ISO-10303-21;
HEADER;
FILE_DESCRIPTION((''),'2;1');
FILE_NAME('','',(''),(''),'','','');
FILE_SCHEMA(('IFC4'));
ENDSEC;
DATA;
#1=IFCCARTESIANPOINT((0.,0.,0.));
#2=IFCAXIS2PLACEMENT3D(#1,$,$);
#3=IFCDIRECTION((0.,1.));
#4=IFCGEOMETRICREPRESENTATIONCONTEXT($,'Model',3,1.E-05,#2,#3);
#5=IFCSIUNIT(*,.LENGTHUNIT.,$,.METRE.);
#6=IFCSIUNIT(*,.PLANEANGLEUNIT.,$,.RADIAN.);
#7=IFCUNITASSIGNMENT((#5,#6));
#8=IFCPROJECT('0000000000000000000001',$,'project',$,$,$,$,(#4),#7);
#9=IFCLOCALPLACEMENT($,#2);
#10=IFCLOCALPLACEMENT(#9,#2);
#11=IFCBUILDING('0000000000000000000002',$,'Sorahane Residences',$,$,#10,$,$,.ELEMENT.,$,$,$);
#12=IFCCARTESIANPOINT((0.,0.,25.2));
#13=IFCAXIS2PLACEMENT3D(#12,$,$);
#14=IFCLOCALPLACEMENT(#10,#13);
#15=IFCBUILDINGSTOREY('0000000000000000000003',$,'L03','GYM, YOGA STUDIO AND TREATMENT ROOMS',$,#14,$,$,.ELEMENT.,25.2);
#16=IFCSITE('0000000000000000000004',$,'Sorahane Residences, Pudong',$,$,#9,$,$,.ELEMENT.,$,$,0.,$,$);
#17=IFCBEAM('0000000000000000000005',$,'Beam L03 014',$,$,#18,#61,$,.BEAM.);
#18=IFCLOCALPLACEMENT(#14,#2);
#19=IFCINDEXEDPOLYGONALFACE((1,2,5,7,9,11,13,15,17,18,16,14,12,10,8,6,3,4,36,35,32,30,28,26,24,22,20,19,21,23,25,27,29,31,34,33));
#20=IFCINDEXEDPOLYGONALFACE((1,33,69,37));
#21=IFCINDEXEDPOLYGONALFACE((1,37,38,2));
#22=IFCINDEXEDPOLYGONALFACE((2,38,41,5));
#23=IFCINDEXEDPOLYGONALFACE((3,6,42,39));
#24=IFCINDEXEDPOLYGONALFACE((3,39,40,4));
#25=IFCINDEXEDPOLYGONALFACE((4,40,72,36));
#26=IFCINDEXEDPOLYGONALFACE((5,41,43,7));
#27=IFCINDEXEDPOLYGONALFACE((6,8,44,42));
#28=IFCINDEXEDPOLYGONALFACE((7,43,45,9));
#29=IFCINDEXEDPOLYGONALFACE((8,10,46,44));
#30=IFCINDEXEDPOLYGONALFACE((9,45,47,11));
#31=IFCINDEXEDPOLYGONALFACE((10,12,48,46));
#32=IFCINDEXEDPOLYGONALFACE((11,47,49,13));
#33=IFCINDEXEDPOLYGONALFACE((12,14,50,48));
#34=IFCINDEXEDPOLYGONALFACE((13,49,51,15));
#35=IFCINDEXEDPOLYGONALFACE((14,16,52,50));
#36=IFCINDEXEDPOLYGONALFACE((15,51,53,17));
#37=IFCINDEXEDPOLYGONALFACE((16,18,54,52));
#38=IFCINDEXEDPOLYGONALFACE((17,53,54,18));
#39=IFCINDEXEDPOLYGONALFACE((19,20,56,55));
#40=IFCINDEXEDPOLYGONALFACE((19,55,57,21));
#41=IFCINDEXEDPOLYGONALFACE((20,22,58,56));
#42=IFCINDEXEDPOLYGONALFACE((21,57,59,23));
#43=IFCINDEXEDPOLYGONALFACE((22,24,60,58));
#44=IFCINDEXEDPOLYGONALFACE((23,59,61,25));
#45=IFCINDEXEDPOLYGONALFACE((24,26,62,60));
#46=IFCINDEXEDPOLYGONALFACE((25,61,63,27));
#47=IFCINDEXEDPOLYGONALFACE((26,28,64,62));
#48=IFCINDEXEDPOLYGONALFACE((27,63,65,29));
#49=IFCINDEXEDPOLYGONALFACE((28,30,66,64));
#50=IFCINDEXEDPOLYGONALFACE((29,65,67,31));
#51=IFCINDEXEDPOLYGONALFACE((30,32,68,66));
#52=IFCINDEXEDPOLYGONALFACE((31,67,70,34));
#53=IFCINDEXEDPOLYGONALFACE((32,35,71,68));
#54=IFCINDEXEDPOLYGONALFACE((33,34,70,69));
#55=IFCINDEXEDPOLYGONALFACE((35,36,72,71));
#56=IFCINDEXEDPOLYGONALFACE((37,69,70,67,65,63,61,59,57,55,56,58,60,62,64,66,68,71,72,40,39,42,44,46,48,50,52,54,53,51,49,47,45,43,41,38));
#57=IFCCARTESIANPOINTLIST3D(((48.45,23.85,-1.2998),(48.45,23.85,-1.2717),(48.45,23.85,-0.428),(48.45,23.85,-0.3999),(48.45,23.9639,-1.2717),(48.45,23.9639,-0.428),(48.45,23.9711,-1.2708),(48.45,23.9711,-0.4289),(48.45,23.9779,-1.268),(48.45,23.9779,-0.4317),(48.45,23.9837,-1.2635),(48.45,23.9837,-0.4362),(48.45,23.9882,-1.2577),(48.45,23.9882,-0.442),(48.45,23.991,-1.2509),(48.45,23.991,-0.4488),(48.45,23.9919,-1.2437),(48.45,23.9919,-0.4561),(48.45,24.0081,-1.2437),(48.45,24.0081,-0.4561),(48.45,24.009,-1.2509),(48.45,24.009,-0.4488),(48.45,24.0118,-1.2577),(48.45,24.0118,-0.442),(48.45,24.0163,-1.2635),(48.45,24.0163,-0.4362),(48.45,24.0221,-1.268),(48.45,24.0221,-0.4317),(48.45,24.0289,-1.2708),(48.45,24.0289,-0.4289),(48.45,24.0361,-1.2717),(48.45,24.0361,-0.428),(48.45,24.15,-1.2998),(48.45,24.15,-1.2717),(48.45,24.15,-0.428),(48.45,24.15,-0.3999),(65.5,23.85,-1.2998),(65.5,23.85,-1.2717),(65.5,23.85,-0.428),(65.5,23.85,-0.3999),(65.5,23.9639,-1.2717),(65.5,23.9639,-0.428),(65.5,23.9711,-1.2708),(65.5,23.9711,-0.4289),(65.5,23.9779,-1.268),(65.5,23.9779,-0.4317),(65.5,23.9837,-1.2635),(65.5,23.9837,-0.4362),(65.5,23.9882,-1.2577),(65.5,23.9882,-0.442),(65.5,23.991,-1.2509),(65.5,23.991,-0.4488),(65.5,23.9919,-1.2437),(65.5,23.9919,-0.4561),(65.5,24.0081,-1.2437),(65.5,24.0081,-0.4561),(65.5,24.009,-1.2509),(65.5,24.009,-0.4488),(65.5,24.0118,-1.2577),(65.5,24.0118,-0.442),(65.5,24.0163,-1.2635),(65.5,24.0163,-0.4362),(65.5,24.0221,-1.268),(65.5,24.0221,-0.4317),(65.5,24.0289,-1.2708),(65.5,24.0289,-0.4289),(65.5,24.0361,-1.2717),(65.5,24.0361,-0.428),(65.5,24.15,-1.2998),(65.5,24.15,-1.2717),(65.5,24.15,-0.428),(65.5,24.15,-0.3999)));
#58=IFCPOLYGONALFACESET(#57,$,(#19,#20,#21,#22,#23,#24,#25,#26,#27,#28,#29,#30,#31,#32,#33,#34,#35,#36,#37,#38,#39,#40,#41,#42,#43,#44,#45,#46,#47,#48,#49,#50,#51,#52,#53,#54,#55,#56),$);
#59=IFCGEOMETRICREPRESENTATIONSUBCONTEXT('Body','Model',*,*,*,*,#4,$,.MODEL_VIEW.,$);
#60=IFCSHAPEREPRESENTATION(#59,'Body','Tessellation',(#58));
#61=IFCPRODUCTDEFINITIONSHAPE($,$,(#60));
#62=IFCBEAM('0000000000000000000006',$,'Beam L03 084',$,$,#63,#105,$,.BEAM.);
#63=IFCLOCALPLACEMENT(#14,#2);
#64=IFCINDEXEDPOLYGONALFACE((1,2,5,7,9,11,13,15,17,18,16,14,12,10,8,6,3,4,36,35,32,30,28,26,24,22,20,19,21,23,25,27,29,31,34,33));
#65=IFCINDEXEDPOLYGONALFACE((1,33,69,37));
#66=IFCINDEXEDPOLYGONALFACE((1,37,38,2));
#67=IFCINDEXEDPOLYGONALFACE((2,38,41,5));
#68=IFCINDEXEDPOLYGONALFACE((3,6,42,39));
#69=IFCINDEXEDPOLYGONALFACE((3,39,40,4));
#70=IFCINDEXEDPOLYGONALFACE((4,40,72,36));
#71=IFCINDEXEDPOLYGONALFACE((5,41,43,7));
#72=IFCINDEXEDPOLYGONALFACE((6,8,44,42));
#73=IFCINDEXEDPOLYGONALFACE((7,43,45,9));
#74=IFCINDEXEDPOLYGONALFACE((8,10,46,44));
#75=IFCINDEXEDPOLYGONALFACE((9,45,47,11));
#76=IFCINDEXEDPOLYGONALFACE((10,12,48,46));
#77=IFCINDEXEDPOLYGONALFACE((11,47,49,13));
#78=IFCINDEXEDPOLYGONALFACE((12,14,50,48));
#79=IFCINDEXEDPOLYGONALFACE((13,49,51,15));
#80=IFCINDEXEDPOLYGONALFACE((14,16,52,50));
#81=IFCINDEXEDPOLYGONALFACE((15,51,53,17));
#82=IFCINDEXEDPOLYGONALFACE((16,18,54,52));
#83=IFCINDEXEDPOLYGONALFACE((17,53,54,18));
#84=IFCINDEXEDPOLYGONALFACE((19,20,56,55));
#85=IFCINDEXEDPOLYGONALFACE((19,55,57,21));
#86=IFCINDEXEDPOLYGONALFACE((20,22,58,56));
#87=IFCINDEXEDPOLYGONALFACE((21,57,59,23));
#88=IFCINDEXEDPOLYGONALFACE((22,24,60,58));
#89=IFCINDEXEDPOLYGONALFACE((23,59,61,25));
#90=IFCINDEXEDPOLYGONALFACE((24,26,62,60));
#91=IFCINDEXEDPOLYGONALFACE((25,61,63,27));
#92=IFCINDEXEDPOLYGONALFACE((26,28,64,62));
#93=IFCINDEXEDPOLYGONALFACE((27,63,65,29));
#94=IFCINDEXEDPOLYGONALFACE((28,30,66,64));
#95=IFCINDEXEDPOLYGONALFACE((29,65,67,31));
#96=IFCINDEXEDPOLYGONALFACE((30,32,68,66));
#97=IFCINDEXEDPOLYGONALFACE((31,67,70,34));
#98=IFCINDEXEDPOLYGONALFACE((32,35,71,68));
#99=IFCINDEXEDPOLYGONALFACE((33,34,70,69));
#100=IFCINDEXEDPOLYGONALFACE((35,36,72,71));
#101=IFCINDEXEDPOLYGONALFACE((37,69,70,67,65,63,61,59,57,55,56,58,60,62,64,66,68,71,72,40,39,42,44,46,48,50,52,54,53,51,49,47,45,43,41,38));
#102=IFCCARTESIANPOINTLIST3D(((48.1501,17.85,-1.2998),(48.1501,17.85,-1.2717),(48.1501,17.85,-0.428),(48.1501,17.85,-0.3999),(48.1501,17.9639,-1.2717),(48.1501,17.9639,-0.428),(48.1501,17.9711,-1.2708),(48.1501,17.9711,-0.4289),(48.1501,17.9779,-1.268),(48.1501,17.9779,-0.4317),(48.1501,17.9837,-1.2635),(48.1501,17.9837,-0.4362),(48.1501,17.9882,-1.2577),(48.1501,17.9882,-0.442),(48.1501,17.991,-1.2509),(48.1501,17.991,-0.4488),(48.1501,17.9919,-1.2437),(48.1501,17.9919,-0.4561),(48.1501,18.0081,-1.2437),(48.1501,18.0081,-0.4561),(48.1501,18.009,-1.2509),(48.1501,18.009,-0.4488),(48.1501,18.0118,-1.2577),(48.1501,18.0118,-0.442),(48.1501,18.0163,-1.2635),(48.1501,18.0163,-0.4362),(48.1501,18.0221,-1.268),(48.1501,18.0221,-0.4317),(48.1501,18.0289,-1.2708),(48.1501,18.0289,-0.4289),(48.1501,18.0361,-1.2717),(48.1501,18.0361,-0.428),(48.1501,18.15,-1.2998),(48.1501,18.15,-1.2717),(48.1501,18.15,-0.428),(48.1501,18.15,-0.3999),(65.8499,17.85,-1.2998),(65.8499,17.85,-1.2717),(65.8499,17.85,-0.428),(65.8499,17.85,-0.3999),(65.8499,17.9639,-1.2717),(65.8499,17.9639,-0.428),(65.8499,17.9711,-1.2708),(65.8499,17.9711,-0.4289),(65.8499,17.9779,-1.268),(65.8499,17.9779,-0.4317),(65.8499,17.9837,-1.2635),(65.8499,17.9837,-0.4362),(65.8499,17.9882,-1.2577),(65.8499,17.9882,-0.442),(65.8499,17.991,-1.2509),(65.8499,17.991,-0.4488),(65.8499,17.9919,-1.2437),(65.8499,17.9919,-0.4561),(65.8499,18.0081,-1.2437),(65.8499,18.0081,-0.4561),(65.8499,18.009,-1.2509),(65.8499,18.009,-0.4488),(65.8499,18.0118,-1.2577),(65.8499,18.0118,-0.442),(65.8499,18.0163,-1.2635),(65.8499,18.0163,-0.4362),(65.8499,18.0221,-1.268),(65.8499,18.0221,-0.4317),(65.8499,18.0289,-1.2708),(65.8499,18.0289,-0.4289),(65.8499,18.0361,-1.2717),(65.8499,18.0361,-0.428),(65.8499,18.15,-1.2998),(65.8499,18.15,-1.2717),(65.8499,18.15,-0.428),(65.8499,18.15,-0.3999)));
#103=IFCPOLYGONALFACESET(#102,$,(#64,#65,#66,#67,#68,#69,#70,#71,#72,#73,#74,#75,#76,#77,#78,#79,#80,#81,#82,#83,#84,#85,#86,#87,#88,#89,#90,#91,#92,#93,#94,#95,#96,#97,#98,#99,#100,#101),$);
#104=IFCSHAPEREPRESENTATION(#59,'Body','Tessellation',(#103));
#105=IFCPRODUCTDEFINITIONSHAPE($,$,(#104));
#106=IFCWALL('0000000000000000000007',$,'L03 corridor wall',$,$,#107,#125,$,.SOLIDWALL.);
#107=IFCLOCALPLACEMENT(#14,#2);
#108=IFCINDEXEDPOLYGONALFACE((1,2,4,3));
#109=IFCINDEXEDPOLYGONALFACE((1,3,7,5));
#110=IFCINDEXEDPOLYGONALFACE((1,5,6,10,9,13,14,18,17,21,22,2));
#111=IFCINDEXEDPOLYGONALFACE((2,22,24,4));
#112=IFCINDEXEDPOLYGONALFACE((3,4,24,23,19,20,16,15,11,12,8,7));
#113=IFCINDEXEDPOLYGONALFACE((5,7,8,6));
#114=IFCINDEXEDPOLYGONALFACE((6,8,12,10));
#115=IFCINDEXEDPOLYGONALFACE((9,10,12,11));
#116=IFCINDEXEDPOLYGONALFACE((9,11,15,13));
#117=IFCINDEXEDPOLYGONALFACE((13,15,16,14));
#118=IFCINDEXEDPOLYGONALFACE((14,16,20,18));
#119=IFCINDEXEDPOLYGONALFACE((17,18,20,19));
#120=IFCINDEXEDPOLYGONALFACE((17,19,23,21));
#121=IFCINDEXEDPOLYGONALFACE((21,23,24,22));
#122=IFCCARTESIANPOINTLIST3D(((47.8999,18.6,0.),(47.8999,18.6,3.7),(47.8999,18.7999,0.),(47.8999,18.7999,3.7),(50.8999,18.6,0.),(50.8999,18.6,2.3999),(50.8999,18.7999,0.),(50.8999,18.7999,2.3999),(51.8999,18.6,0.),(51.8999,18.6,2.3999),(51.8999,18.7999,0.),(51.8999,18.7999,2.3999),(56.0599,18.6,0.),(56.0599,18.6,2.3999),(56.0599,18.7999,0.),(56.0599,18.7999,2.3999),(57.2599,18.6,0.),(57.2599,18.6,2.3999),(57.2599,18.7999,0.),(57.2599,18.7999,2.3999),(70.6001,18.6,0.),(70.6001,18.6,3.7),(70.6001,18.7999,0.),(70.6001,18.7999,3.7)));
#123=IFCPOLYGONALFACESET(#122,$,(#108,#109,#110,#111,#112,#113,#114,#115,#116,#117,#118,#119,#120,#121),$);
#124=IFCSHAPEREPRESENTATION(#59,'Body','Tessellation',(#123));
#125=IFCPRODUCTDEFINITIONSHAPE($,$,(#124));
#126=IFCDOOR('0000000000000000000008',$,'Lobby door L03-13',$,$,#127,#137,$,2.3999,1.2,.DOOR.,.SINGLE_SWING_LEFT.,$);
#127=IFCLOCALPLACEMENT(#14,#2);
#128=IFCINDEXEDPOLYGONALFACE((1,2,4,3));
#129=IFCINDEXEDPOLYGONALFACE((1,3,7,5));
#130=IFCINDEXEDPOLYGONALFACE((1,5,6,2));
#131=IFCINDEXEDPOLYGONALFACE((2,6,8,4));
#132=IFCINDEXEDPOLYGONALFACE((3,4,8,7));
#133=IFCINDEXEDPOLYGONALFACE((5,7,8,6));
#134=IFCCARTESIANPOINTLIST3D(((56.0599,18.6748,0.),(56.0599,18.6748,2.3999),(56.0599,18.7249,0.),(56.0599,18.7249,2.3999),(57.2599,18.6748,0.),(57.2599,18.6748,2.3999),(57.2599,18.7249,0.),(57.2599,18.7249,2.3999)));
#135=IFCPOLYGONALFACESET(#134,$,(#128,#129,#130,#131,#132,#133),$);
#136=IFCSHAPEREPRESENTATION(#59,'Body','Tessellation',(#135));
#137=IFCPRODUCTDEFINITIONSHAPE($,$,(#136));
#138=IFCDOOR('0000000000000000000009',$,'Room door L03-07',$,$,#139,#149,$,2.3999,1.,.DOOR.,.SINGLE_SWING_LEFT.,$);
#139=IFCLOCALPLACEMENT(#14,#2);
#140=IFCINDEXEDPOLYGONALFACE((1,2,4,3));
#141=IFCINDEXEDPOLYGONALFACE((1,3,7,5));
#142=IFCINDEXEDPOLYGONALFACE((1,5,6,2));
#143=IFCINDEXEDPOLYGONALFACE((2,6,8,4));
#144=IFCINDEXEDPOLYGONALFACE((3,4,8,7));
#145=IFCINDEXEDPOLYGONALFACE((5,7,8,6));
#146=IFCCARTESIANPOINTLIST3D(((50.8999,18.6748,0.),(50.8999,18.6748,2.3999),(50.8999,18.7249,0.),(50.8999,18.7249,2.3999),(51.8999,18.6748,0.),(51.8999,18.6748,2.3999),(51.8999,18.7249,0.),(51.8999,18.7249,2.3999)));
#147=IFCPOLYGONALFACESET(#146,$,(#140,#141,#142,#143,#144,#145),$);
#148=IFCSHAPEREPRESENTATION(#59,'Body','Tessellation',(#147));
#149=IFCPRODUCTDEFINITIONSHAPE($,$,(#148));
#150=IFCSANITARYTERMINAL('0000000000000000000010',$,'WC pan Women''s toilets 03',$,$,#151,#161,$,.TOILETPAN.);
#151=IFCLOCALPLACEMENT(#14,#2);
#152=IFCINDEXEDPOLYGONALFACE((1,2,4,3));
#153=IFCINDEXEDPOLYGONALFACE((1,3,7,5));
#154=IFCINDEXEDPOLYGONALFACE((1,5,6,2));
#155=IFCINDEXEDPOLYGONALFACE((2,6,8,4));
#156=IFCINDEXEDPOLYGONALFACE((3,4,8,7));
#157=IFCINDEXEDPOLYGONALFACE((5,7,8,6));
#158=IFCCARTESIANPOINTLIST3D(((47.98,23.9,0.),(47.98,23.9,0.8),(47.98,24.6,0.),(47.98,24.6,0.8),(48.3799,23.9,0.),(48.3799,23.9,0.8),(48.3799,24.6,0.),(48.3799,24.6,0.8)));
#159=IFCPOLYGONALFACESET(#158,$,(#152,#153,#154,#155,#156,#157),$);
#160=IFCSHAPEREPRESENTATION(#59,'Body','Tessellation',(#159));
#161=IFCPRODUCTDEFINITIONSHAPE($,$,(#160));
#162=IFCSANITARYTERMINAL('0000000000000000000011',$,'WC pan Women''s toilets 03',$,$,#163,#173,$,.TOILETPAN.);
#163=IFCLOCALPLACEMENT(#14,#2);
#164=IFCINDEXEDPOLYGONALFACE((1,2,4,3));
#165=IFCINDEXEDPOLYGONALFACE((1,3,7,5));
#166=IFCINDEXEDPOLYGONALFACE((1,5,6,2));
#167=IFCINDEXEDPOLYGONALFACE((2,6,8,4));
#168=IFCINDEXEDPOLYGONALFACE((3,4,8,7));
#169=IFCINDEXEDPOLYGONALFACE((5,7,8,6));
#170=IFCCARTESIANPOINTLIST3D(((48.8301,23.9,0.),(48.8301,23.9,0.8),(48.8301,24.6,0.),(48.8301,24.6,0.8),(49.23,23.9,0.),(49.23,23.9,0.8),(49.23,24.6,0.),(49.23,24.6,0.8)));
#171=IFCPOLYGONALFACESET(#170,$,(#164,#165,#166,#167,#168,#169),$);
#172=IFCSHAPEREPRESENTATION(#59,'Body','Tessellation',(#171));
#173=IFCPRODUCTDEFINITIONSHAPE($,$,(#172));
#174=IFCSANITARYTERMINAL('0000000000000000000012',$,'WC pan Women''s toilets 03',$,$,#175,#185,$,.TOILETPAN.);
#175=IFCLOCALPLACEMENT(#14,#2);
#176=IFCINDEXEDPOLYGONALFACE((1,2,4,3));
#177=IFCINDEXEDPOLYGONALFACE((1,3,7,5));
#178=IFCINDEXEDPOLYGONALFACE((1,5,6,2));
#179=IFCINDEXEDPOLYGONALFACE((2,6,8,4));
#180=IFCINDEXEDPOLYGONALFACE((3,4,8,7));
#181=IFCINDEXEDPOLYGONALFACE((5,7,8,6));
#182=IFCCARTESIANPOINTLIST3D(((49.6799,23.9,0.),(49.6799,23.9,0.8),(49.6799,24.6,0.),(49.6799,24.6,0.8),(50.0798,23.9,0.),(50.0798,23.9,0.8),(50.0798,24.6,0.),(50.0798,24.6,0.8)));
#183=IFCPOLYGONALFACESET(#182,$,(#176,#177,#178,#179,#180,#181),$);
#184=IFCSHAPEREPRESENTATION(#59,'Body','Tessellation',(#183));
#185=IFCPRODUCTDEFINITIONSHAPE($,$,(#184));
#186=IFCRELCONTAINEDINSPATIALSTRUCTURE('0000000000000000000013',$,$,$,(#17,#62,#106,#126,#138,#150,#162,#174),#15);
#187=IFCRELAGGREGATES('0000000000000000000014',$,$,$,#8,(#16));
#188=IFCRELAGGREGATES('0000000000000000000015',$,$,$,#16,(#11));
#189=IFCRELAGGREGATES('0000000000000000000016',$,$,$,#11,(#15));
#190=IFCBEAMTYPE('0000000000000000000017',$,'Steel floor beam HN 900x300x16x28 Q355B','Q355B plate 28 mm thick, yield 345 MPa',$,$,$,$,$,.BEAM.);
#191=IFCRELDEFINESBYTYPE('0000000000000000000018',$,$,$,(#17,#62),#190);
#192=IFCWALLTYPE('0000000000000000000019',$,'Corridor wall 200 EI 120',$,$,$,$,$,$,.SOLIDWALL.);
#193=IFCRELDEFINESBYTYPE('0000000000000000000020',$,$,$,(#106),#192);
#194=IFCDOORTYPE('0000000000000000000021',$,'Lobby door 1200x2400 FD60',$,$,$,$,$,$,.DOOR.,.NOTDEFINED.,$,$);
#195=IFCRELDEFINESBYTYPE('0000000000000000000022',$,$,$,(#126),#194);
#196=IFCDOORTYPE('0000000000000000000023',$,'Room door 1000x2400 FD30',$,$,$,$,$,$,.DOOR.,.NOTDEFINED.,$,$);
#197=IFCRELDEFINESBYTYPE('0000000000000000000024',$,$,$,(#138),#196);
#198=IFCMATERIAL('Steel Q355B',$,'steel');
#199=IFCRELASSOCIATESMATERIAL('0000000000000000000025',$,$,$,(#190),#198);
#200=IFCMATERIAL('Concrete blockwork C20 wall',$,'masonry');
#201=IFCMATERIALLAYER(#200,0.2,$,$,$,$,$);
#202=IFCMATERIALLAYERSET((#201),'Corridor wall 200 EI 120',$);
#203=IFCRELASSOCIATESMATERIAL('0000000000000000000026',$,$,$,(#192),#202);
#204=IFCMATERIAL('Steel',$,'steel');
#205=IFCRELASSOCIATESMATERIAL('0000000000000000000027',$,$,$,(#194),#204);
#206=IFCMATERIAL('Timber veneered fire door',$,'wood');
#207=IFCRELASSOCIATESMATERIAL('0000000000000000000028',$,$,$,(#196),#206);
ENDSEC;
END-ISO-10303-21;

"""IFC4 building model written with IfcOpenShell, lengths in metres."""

from ifc_helpers import new_model, si_unit, direction, frame, frame_2d, origin, origin_2d, place, context, subcontext, project, spatial, rectangle, i_section, extrude, material, layer, layer_set, material_profile, profile_set, type_object, element, fill, save


model = new_model("IFC4")

# Units and contexts
model_context = context("Model", 3, precision=1e-05, world=origin(), true_north=direction((0.0, 1.0)))
body_context = subcontext(model_context, "Body", "Model", "MODEL_VIEW")
ifc_project = project(units=[si_unit("LENGTHUNIT", "METRE"), si_unit("PLANEANGLEUNIT", "RADIAN")], contexts=[model_context])

# Site, building, storey
site_placement = place(None, origin())
site = spatial("IfcSite", under=ifc_project, at=site_placement, Name="Sorahane Residences, Pudong", CompositionType="ELEMENT", RefElevation=0.0)
building_placement = place(site_placement, origin())
building = spatial("IfcBuilding", under=site, at=building_placement, Name="Sorahane Residences", CompositionType="ELEMENT")
storey_placement = place(building_placement, frame((0.0, 0.0, 25.2)))
storey = spatial("IfcBuildingStorey", under=building, at=storey_placement, Name="L03", Description="GYM, YOGA STUDIO AND TREATMENT ROOMS", CompositionType="ELEMENT", Elevation=25.2)

# Beams
ifc_material_1 = material(Name="Steel Q355B", Category="steel")
ifc_material_profile_1 = material_profile(ifc_material_1, i_section(OverallWidth=0.3, OverallDepth=0.8999, WebThickness=0.0161, FlangeThickness=0.0281, FilletRadius=0.0281, at=origin_2d()), Name="HN 900x300x16x28")
ifc_profile_set_1 = profile_set([ifc_material_profile_1], Name="Steel Q355B")
beam_type_1 = type_object("IfcBeamType", Name="Steel floor beam HN 900x300x16x28 Q355B", Description="Q355B plate 28 mm thick, yield 345 MPa", PredefinedType="BEAM", material=ifc_profile_set_1)
for number, where, z_axis, x_axis, name in (
    (1, (48.45, 24.0, -0.8499), (1.0, 0.0, 0.0), (0.0, 1.0, 0.0), "Beam L03 014"),
):
    element("IfcBeam", number, at=place(storey_placement, frame(where, z_axis=z_axis, x_axis=x_axis)), inside=storey, type_object=beam_type_1, Name=name, PredefinedType="BEAM", context=body_context, shape_type="SweptSolid", body=[
        extrude(i_section(OverallWidth=0.3, OverallDepth=0.8999, WebThickness=0.0161, FlangeThickness=0.0281, FilletRadius=0.0281, at=origin_2d()), origin(), (0.0, 0.0, 1.0), 17.05),
    ])
beam_1_placement = place(storey_placement, frame((48.1501, 18.0, -0.8499), z_axis=(1.0, 0.0, 0.0), x_axis=(0.0, 1.0, 0.0)))
element("IfcBeam", 2, at=beam_1_placement, inside=storey, type_object=beam_type_1, Name="Beam L03 084", PredefinedType="BEAM", context=body_context, shape_type="SweptSolid", body=[
    extrude(i_section(OverallWidth=0.3, OverallDepth=0.8999, WebThickness=0.0161, FlangeThickness=0.0281, FilletRadius=0.0281, at=origin_2d()), origin(), (0.0, 0.0, 1.0), 17.6997),
])

# Wall, openings, doors
ifc_material_2 = material(Name="Concrete blockwork C20 wall", Category="masonry")
ifc_layer = layer(ifc_material_2, 0.2)
ifc_layer_set = layer_set([ifc_layer], Name="Corridor wall 200 EI 120")
wall_type = type_object("IfcWallType", Name="Corridor wall 200 EI 120", PredefinedType="SOLIDWALL", material=ifc_layer_set)
wall_placement = place(storey_placement, frame((47.8999, 18.7, 0.0), z_axis=(0.0, 0.0, 1.0), x_axis=(1.0, 0.0, 0.0)))
wall = element("IfcWall", 3, at=wall_placement, inside=storey, type_object=wall_type, Name="L03 corridor wall", PredefinedType="SOLIDWALL", context=body_context, shape_type="SweptSolid", body=[
    extrude(rectangle(XDim=22.7002, YDim=0.2, at=frame_2d((11.3501, 0.0))), origin(), (0.0, 0.0, 1.0), 3.7),
])
opening_1_placement = place(wall_placement, frame((3.0, 0.0, 0.0)))
opening_1 = element("IfcOpeningElement", 4, at=opening_1_placement, cuts=wall, PredefinedType="OPENING", context=body_context, shape_type="SweptSolid", body=[
    extrude(rectangle(XDim=1.0, YDim=2.3999, at=frame_2d((0.5, 1.2))), frame((0.0, 0.1099, 0.0), z_axis=(0.0, -1.0, 0.0), x_axis=(1.0, 0.0, 0.0)), (0.0, 0.0, 1.0), 0.22),
])
opening_2_placement = place(wall_placement, frame((8.1599, 0.0, 0.0)))
opening_2 = element("IfcOpeningElement", 5, at=opening_2_placement, cuts=wall, PredefinedType="OPENING", context=body_context, shape_type="SweptSolid", body=[
    extrude(rectangle(XDim=1.2, YDim=2.3999, at=frame_2d((0.6001, 1.2))), frame((0.0, 0.1099, 0.0), z_axis=(0.0, -1.0, 0.0), x_axis=(1.0, 0.0, 0.0)), (0.0, 0.0, 1.0), 0.22),
])
ifc_material_3 = material(Name="Steel", Category="steel")
door_type_1 = type_object("IfcDoorType", Name="Lobby door 1200x2400 FD60", OperationType="NOTDEFINED", PredefinedType="DOOR", material=ifc_material_3)
door_1_placement = place(opening_2_placement, origin())
door_1 = element("IfcDoor", 6, at=door_1_placement, inside=storey, type_object=door_type_1, Name="Lobby door L03-13", OperationType="SINGLE_SWING_LEFT", OverallHeight=2.3999, OverallWidth=1.2, PredefinedType="DOOR", context=body_context, shape_type="SweptSolid", body=[
    extrude(rectangle(XDim=1.2, YDim=2.3999, at=frame_2d((0.6001, 1.2))), frame((0.0, 0.0249, 0.0), z_axis=(0.0, -1.0, 0.0), x_axis=(1.0, 0.0, 0.0)), (0.0, 0.0, 1.0), 0.05),
])
fill(opening_2, door_1)
ifc_material_4 = material(Name="Timber veneered fire door", Category="wood")
door_type_2 = type_object("IfcDoorType", Name="Room door 1000x2400 FD30", OperationType="NOTDEFINED", PredefinedType="DOOR", material=ifc_material_4)
door_2_placement = place(opening_1_placement, origin())
door_2 = element("IfcDoor", 7, at=door_2_placement, inside=storey, type_object=door_type_2, Name="Room door L03-07", OperationType="SINGLE_SWING_LEFT", OverallHeight=2.3999, OverallWidth=1.0, PredefinedType="DOOR", context=body_context, shape_type="SweptSolid", body=[
    extrude(rectangle(XDim=1.0, YDim=2.3999, at=frame_2d((0.5, 1.2))), frame((0.0, 0.0249, 0.0), z_axis=(0.0, -1.0, 0.0), x_axis=(1.0, 0.0, 0.0)), (0.0, 0.0, 1.0), 0.05),
])
fill(opening_1, door_2)

# Sanitary terminals
for number, where, z_axis, x_axis, name in (
    (8, (48.1799, 24.25, 0.0), (0.0, 0.0, 1.0), (1.0, 0.0, 0.0), "WC pan Women's toilets 03"),
    (9, (49.03, 24.25, 0.0), (0.0, 0.0, 1.0), (1.0, 0.0, 0.0), "WC pan Women's toilets 03"),
    (10, (49.8799, 24.25, 0.0), (0.0, 0.0, 1.0), (1.0, 0.0, 0.0), "WC pan Women's toilets 03"),
):
    element("IfcSanitaryTerminal", number, at=place(storey_placement, frame(where, z_axis=z_axis, x_axis=x_axis)), inside=storey, Name=name, PredefinedType="TOILETPAN", context=body_context, shape_type="SweptSolid", body=[
        extrude(rectangle(XDim=0.3999, YDim=0.7, at=origin_2d()), origin(), (0.0, 0.0, 1.0), 0.8),
    ])

save(model, "model.ifc")
